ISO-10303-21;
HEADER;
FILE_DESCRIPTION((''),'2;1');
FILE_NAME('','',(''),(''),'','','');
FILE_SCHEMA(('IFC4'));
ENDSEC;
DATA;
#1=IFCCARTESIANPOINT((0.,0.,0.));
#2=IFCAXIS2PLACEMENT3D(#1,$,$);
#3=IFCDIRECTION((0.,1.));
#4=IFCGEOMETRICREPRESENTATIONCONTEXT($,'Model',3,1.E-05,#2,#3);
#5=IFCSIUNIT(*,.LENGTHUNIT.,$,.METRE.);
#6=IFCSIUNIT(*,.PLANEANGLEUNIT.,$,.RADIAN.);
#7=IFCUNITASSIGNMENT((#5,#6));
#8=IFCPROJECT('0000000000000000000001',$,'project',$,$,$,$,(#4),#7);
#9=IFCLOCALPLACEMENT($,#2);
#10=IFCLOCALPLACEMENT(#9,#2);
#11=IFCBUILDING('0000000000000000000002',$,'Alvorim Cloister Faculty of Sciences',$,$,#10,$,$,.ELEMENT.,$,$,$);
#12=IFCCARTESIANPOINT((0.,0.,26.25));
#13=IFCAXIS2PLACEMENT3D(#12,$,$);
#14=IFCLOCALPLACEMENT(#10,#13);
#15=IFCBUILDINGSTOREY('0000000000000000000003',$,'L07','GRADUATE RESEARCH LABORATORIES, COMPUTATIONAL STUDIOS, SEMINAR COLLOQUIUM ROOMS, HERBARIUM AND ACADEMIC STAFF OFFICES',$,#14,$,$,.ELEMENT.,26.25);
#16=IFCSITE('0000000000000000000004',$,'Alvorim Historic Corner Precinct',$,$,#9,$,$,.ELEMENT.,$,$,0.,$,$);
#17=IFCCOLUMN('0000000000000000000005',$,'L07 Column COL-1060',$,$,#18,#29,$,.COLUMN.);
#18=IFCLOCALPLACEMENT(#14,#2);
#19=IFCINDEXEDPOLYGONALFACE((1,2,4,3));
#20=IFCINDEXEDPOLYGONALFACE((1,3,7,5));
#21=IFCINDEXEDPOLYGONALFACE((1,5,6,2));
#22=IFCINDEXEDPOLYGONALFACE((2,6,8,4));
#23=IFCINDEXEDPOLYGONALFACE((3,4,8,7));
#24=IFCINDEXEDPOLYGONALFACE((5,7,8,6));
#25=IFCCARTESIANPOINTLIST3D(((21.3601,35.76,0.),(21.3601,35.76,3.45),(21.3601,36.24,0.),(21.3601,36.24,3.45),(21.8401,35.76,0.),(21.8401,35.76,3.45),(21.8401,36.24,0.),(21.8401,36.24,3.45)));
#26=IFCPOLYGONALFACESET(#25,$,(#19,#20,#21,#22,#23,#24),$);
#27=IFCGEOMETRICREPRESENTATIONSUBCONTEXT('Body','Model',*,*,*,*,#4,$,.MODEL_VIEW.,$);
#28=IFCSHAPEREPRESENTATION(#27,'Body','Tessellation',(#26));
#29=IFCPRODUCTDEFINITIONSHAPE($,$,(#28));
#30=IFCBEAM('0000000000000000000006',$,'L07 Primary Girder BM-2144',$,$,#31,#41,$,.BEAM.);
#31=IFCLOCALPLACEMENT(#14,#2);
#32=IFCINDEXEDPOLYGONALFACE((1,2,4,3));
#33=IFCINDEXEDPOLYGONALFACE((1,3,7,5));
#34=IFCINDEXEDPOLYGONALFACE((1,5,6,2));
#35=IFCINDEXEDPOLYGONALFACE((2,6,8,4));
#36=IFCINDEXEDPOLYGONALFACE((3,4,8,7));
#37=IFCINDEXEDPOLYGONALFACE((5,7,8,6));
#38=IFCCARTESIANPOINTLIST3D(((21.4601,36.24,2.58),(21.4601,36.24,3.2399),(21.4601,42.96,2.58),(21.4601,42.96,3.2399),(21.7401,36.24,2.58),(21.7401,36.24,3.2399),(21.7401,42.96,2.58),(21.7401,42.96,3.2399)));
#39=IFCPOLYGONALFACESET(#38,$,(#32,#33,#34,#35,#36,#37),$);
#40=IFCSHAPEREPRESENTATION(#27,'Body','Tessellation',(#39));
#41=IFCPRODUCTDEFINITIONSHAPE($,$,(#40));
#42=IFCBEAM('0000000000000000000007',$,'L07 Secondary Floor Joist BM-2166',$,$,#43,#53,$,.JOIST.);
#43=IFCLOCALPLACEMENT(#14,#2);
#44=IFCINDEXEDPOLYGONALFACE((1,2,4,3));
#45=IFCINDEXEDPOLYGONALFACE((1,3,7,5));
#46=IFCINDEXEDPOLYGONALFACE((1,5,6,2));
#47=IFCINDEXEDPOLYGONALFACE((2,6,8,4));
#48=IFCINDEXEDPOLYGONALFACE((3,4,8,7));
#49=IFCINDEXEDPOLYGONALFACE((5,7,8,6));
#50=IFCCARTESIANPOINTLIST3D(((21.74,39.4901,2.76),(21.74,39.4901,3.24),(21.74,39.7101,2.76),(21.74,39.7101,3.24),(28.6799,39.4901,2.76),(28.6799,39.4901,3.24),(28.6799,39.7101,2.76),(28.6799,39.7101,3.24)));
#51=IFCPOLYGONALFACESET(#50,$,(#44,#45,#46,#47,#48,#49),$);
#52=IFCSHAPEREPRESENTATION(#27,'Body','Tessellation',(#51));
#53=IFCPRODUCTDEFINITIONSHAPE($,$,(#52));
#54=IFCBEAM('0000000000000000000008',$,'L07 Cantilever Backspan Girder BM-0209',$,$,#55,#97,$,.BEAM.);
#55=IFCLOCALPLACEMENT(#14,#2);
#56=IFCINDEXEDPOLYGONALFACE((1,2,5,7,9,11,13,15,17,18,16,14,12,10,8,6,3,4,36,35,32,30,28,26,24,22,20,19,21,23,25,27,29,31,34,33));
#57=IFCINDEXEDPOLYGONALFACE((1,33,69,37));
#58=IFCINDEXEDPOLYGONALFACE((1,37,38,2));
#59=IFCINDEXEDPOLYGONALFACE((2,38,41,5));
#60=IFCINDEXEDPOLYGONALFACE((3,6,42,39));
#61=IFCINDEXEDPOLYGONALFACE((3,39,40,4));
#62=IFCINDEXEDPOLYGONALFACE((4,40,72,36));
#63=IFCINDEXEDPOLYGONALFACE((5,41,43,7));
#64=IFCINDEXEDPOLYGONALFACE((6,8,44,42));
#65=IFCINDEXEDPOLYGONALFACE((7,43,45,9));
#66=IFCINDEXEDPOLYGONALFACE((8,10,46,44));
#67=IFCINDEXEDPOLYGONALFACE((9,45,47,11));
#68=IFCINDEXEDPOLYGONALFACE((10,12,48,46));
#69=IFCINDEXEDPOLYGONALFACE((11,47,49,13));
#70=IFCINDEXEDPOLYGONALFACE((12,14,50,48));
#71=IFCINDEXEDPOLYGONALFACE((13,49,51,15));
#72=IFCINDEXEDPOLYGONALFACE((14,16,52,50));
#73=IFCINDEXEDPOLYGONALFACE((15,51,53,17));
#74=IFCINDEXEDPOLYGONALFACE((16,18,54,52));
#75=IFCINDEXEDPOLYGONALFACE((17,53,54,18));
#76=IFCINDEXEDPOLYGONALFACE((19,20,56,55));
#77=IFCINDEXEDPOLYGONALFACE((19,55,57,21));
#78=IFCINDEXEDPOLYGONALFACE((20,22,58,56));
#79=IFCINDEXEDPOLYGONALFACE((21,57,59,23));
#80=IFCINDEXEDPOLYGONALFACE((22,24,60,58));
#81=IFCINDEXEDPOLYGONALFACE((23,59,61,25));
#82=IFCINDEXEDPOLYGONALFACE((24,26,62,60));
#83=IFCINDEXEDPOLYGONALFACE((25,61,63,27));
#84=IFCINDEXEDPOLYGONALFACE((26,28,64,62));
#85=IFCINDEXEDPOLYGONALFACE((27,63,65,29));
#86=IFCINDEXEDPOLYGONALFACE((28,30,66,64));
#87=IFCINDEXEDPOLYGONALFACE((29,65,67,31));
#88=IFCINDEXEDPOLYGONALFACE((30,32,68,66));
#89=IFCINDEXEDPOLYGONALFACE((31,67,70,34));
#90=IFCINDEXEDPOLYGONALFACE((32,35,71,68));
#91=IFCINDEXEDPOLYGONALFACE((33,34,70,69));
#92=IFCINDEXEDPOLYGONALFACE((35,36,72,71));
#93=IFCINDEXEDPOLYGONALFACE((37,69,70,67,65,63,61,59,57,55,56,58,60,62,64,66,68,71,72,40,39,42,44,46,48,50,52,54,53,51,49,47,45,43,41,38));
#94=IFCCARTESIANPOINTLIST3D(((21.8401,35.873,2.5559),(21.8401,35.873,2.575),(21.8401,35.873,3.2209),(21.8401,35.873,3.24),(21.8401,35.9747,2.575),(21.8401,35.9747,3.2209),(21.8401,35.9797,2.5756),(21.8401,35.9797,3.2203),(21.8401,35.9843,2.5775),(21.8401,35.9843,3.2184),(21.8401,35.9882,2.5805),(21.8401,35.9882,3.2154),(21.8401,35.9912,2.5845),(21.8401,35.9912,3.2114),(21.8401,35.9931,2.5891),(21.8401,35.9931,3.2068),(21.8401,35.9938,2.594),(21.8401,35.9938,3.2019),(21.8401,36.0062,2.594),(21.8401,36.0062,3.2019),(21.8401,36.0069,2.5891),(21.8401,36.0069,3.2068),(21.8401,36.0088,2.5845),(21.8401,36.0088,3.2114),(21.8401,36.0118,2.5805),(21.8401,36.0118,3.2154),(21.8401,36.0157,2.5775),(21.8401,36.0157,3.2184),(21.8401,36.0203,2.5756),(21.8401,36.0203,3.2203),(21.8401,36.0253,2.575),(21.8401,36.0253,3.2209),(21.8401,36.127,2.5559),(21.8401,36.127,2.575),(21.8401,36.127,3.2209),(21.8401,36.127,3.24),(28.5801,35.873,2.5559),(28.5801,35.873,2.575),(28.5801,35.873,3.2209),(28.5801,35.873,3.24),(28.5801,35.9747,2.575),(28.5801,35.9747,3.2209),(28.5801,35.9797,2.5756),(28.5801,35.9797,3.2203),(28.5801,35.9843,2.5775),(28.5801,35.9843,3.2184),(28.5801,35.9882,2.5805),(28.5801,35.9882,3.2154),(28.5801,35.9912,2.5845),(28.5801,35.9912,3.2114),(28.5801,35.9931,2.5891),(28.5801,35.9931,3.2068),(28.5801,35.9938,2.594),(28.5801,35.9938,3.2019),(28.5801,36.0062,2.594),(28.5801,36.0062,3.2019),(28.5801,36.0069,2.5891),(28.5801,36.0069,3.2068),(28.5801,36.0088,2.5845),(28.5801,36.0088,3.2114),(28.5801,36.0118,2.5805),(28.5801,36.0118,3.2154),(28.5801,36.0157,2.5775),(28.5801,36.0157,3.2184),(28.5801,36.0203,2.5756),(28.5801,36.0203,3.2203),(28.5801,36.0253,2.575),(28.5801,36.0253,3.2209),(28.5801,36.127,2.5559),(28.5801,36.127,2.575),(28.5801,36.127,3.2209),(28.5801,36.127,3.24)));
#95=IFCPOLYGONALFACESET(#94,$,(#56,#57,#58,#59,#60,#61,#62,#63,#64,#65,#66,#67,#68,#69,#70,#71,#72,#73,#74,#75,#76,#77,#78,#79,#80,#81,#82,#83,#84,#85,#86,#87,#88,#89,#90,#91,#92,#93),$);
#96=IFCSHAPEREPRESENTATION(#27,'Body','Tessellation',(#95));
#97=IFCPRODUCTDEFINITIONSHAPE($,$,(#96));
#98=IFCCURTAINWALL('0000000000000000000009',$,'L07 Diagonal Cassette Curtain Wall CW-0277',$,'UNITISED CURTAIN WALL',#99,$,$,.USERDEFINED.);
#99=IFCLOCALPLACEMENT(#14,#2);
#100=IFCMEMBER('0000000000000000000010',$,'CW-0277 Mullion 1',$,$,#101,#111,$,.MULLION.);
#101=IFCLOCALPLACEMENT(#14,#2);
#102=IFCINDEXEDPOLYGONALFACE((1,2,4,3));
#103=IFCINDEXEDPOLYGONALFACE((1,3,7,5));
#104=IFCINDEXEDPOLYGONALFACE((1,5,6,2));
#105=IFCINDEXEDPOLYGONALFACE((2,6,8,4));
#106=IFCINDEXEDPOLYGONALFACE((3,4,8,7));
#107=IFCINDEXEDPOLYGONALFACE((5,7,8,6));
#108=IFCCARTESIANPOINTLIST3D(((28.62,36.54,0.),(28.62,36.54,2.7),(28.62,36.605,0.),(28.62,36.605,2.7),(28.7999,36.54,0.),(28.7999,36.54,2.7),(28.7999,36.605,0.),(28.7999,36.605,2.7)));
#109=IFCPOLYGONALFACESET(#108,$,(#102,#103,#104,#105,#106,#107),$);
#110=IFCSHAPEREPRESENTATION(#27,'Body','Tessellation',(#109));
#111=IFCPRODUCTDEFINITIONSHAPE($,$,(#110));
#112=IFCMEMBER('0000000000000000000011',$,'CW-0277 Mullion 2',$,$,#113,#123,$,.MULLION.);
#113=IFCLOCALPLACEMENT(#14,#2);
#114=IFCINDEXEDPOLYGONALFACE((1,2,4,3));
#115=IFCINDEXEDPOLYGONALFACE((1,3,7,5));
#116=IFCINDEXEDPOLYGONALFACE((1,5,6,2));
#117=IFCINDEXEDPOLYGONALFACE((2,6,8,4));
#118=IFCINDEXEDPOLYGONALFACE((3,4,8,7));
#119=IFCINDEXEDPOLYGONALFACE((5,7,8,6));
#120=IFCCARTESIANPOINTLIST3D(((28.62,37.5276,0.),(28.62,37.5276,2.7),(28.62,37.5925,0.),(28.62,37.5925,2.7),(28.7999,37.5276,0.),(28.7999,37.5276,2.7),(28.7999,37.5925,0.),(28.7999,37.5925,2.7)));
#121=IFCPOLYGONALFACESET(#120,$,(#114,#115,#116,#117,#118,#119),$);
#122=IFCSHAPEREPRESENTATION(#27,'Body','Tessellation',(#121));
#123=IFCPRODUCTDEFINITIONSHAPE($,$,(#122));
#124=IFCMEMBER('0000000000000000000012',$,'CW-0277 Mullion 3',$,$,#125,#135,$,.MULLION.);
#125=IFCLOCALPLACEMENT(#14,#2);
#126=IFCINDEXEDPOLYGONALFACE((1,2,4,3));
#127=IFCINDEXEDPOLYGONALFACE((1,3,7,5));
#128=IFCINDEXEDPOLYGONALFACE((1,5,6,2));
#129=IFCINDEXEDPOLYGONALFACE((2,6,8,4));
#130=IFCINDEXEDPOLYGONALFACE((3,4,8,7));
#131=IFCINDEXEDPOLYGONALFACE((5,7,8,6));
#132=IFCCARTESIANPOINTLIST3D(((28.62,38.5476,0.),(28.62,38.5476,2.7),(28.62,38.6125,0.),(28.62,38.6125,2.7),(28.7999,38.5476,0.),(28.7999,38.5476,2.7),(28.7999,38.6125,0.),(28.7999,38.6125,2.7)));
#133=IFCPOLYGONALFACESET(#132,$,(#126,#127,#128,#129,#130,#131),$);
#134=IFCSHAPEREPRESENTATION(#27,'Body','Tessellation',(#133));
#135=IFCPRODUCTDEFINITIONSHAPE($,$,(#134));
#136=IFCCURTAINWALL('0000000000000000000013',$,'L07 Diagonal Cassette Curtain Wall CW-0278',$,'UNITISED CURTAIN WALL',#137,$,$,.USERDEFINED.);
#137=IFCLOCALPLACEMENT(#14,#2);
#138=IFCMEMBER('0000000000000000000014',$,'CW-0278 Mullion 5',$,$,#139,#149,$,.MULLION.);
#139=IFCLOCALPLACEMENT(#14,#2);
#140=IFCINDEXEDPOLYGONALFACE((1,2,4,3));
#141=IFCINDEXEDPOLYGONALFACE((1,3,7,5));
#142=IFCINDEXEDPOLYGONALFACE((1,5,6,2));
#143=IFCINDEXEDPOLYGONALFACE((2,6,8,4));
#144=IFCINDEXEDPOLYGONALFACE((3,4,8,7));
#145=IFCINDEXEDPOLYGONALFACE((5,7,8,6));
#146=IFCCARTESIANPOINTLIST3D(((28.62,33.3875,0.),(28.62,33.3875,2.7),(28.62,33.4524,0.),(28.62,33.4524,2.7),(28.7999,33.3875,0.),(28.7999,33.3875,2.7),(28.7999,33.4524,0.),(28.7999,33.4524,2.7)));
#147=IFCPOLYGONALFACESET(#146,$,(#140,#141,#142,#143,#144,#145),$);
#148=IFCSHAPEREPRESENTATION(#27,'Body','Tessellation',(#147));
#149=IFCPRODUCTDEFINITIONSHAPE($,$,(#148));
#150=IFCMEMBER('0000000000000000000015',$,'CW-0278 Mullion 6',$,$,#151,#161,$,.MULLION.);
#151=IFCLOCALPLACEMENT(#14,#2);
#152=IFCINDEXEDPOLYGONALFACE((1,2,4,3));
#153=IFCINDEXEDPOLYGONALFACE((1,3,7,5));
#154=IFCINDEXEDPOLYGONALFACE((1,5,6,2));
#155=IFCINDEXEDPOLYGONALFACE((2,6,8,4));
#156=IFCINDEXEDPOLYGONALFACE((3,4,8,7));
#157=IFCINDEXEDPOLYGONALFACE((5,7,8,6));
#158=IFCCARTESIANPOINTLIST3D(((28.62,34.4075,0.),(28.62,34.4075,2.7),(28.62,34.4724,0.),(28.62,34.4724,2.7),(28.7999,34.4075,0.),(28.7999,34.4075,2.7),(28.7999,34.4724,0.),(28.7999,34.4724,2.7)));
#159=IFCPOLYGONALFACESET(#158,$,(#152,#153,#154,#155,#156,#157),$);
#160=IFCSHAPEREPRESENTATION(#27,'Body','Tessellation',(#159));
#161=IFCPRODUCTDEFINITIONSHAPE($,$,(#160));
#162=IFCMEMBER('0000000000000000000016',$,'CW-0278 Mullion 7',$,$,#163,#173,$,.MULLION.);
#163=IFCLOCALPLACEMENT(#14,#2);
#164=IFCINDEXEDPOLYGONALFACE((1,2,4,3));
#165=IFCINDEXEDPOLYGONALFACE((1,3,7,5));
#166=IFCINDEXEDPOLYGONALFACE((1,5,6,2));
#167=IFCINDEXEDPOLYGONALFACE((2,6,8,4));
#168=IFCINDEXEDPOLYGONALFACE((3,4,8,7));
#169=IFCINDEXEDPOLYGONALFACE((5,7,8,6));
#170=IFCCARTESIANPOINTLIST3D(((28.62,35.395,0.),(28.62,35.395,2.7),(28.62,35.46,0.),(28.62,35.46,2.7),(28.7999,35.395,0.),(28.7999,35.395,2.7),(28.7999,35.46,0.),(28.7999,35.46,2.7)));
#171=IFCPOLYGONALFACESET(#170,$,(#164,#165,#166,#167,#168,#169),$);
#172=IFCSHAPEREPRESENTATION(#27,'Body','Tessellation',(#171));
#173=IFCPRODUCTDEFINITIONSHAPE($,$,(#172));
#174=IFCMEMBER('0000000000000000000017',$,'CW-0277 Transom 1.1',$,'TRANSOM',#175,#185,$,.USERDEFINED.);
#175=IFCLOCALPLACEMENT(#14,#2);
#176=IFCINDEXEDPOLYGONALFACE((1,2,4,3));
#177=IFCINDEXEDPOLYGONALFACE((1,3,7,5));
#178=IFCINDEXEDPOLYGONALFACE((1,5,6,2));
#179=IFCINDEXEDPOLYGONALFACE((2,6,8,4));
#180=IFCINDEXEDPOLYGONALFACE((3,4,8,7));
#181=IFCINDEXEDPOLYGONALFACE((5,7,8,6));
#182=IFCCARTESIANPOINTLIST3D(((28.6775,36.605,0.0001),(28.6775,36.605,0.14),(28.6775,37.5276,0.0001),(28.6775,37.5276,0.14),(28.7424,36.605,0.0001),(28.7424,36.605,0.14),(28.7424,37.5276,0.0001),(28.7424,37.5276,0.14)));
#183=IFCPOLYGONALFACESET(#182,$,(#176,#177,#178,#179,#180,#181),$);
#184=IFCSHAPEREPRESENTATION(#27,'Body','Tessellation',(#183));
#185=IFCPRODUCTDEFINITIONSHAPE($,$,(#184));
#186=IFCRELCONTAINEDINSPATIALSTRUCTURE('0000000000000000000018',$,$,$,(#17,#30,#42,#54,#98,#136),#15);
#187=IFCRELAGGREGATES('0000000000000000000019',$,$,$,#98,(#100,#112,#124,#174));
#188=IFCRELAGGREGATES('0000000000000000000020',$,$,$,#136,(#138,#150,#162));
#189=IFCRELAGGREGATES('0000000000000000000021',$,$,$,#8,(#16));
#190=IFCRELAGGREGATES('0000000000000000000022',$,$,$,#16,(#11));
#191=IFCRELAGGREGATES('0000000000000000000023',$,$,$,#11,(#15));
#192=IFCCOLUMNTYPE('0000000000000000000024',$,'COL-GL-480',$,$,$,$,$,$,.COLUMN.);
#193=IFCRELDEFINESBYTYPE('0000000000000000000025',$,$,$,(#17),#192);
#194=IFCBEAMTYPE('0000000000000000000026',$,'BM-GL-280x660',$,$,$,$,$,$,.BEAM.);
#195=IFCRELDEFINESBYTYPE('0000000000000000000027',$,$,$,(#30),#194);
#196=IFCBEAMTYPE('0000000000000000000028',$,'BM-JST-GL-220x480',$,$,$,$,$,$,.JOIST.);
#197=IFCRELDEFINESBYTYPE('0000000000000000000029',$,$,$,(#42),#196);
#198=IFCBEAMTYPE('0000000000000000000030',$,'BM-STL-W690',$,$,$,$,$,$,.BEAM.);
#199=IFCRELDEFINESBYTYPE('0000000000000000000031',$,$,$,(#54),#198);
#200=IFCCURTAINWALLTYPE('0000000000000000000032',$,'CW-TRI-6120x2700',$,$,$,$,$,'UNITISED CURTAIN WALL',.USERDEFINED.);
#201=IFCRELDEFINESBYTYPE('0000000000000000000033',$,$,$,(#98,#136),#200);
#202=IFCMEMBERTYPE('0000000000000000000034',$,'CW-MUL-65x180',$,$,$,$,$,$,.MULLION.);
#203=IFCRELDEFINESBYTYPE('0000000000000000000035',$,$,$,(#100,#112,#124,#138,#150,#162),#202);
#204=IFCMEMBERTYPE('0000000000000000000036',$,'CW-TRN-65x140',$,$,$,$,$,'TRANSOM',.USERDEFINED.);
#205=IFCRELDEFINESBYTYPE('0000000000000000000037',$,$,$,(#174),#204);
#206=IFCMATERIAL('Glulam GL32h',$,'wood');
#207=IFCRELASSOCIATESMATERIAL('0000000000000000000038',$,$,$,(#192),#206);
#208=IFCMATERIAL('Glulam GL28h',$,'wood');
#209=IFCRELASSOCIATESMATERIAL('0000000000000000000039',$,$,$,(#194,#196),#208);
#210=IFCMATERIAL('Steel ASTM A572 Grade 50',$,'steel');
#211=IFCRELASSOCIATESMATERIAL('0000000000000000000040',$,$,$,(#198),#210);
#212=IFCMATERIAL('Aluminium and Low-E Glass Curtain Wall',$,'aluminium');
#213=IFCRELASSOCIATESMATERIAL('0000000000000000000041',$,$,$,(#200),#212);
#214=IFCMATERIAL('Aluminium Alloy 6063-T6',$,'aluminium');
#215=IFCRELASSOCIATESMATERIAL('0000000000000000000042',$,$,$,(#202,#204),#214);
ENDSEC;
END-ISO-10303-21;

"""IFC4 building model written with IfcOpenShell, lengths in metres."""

from ifc_helpers import new_model, si_unit, direction, frame, origin, origin_2d, place, context, subcontext, project, spatial, rectangle, i_section, extrude, material, material_profile, profile_set, type_object, element, aggregate, save


model = new_model("IFC4")

# Units and contexts
model_context = context("Model", 3, precision=1e-05, world=origin(), true_north=direction((0.0, 1.0)))
body_context = subcontext(model_context, "Body", "Model", "MODEL_VIEW")
ifc_project = project(units=[si_unit("LENGTHUNIT", "METRE"), si_unit("PLANEANGLEUNIT", "RADIAN")], contexts=[model_context])

# Site, building, storey
site_placement = place(None, origin())
site = spatial("IfcSite", under=ifc_project, at=site_placement, Name="Alvorim Historic Corner Precinct", CompositionType="ELEMENT", RefElevation=0.0)
building_placement = place(site_placement, origin())
building = spatial("IfcBuilding", under=site, at=building_placement, Name="Alvorim Cloister Faculty of Sciences", CompositionType="ELEMENT")
storey_placement = place(building_placement, frame((0.0, 0.0, 26.25)))
storey = spatial("IfcBuildingStorey", under=building, at=storey_placement, Name="L07", Description="GRADUATE RESEARCH LABORATORIES, COMPUTATIONAL STUDIOS, SEMINAR COLLOQUIUM ROOMS, HERBARIUM AND ACADEMIC STAFF OFFICES", CompositionType="ELEMENT", Elevation=26.25)

# Column
ifc_material_1 = material(Name="Glulam GL32h", Category="wood")
ifc_material_profile_1 = material_profile(ifc_material_1, rectangle(XDim=0.48, YDim=0.48, at=origin_2d()), Name="GL32-COL-480x480")
ifc_profile_set_1 = profile_set([ifc_material_profile_1], Name="Glulam GL32h")
column_type = type_object("IfcColumnType", Name="COL-GL-480", PredefinedType="COLUMN", material=ifc_profile_set_1)
column_placement = place(storey_placement, frame((21.6001, 36.0, 0.0), z_axis=(0.0, 0.0, 1.0), x_axis=(1.0, 0.0, 0.0)))
element("IfcColumn", 1, at=column_placement, inside=storey, type_object=column_type, Name="L07 Column COL-1060", PredefinedType="COLUMN", context=body_context, shape_type="SweptSolid", body=[
    extrude(rectangle(XDim=0.48, YDim=0.48, at=origin_2d()), origin(), (0.0, 0.0, 1.0), 3.45),
])

# Beams
ifc_material_2 = material(Name="Glulam GL28h", Category="wood")
ifc_material_profile_2 = material_profile(ifc_material_2, rectangle(XDim=0.28, YDim=0.6599, at=origin_2d()), Name="GL28-BM-280x660")
ifc_profile_set_2 = profile_set([ifc_material_profile_2], Name="Glulam GL28h")
beam_type_1 = type_object("IfcBeamType", Name="BM-GL-280x660", PredefinedType="BEAM", material=ifc_profile_set_2)
beam_1_placement = place(storey_placement, frame((21.6001, 36.24, 2.9099), z_axis=(0.0, 1.0, 0.0), x_axis=(-1.0, 0.0, 0.0)))
element("IfcBeam", 2, at=beam_1_placement, inside=storey, type_object=beam_type_1, Name="L07 Primary Girder BM-2144", PredefinedType="BEAM", context=body_context, shape_type="SweptSolid", body=[
    extrude(rectangle(XDim=0.28, YDim=0.6599, at=origin_2d()), origin(), (0.0, 0.0, 1.0), 6.72),
])
ifc_material_profile_3 = material_profile(ifc_material_2, rectangle(XDim=0.22, YDim=0.48, at=origin_2d()), Name="GL28-JST-220x480")
ifc_profile_set_3 = profile_set([ifc_material_profile_3], Name="Glulam GL28h")
beam_type_2 = type_object("IfcBeamType", Name="BM-JST-GL-220x480", PredefinedType="JOIST", material=ifc_profile_set_3)
beam_2_placement = place(storey_placement, frame((21.74, 39.6001, 3.0), z_axis=(1.0, 0.0, 0.0), x_axis=(0.0, 1.0, 0.0)))
element("IfcBeam", 3, at=beam_2_placement, inside=storey, type_object=beam_type_2, Name="L07 Secondary Floor Joist BM-2166", PredefinedType="JOIST", context=body_context, shape_type="SweptSolid", body=[
    extrude(rectangle(XDim=0.22, YDim=0.48, at=origin_2d()), origin(), (0.0, 0.0, 1.0), 6.9399),
])
ifc_material_3 = material(Name="Steel ASTM A572 Grade 50", Category="steel")
ifc_material_profile_4 = material_profile(ifc_material_3, i_section(OverallWidth=0.2539, OverallDepth=0.6841, WebThickness=0.0125, FlangeThickness=0.019, FilletRadius=0.019, at=origin_2d()), Name="W690x140.0")
ifc_profile_set_4 = profile_set([ifc_material_profile_4], Name="Steel ASTM A572 Grade 50")
beam_type_3 = type_object("IfcBeamType", Name="BM-STL-W690", PredefinedType="BEAM", material=ifc_profile_set_4)
beam_3_placement = place(storey_placement, frame((21.8401, 36.0, 2.8979), z_axis=(1.0, 0.0, 0.0), x_axis=(0.0, 1.0, 0.0)))
element("IfcBeam", 4, at=beam_3_placement, inside=storey, type_object=beam_type_3, Name="L07 Cantilever Backspan Girder BM-0209", PredefinedType="BEAM", context=body_context, shape_type="SweptSolid", body=[
    extrude(i_section(OverallWidth=0.2539, OverallDepth=0.6841, WebThickness=0.0125, FlangeThickness=0.019, FilletRadius=0.019, at=origin_2d()), origin(), (0.0, 0.0, 1.0), 6.74),
])

# Curtain walls, members
ifc_material_4 = material(Name="Aluminium and Low-E Glass Curtain Wall", Category="aluminium")
curtain_wall_type = type_object("IfcCurtainWallType", Name="CW-TRI-6120x2700", ElementType="UNITISED CURTAIN WALL", PredefinedType="USERDEFINED", material=ifc_material_4)
curtain_wall_1_placement = place(storey_placement, origin())
curtain_wall_1 = element("IfcCurtainWall", 5, at=curtain_wall_1_placement, inside=storey, type_object=curtain_wall_type, Name="L07 Diagonal Cassette Curtain Wall CW-0277", ObjectType="UNITISED CURTAIN WALL", PredefinedType="USERDEFINED")
ifc_material_5 = material(Name="Aluminium Alloy 6063-T6", Category="aluminium")
ifc_material_profile_5 = material_profile(ifc_material_5, rectangle(XDim=0.0649, YDim=0.1799, at=origin_2d()), Name="ALU-MUL-65x180")
ifc_profile_set_5 = profile_set([ifc_material_profile_5], Name="Aluminium Alloy 6063-T6")
member_type_1 = type_object("IfcMemberType", Name="CW-MUL-65x180", PredefinedType="MULLION", material=ifc_profile_set_5)
member_1_placement = place(storey_placement, frame((28.71, 36.5725, 0.0), z_axis=(0.0, 0.0, 1.0), x_axis=(0.0, 1.0, 0.0)))
member_1 = element("IfcMember", 6, at=member_1_placement, type_object=member_type_1, Name="CW-0277 Mullion 1", PredefinedType="MULLION", context=body_context, shape_type="SweptSolid", body=[
    extrude(rectangle(XDim=0.0649, YDim=0.1799, at=origin_2d()), origin(), (0.0, 0.0, 1.0), 2.7),
])
member_2_placement = place(storey_placement, frame((28.71, 37.5601, 0.0), z_axis=(0.0, 0.0, 1.0), x_axis=(0.0, 1.0, 0.0)))
member_2 = element("IfcMember", 7, at=member_2_placement, type_object=member_type_1, Name="CW-0277 Mullion 2", PredefinedType="MULLION", context=body_context, shape_type="SweptSolid", body=[
    extrude(rectangle(XDim=0.0649, YDim=0.1799, at=origin_2d()), origin(), (0.0, 0.0, 1.0), 2.7),
])
member_3_placement = place(storey_placement, frame((28.71, 38.5801, 0.0), z_axis=(0.0, 0.0, 1.0), x_axis=(0.0, 1.0, 0.0)))
member_3 = element("IfcMember", 8, at=member_3_placement, type_object=member_type_1, Name="CW-0277 Mullion 3", PredefinedType="MULLION", context=body_context, shape_type="SweptSolid", body=[
    extrude(rectangle(XDim=0.0649, YDim=0.1799, at=origin_2d()), origin(), (0.0, 0.0, 1.0), 2.7),
])
curtain_wall_2_placement = place(storey_placement, origin())
curtain_wall_2 = element("IfcCurtainWall", 9, at=curtain_wall_2_placement, inside=storey, type_object=curtain_wall_type, Name="L07 Diagonal Cassette Curtain Wall CW-0278", ObjectType="UNITISED CURTAIN WALL", PredefinedType="USERDEFINED")
member_4_placement = place(storey_placement, frame((28.71, 33.4199, 0.0), z_axis=(0.0, 0.0, 1.0), x_axis=(0.0, 1.0, 0.0)))
member_4 = element("IfcMember", 10, at=member_4_placement, type_object=member_type_1, Name="CW-0278 Mullion 5", PredefinedType="MULLION", context=body_context, shape_type="SweptSolid", body=[
    extrude(rectangle(XDim=0.0649, YDim=0.1799, at=origin_2d()), origin(), (0.0, 0.0, 1.0), 2.7),
])
member_5_placement = place(storey_placement, frame((28.71, 34.4399, 0.0), z_axis=(0.0, 0.0, 1.0), x_axis=(0.0, 1.0, 0.0)))
member_5 = element("IfcMember", 11, at=member_5_placement, type_object=member_type_1, Name="CW-0278 Mullion 6", PredefinedType="MULLION", context=body_context, shape_type="SweptSolid", body=[
    extrude(rectangle(XDim=0.0649, YDim=0.1799, at=origin_2d()), origin(), (0.0, 0.0, 1.0), 2.7),
])
member_6_placement = place(storey_placement, frame((28.71, 35.4275, 0.0), z_axis=(0.0, 0.0, 1.0), x_axis=(0.0, 1.0, 0.0)))
member_6 = element("IfcMember", 12, at=member_6_placement, type_object=member_type_1, Name="CW-0278 Mullion 7", PredefinedType="MULLION", context=body_context, shape_type="SweptSolid", body=[
    extrude(rectangle(XDim=0.0649, YDim=0.1799, at=origin_2d()), origin(), (0.0, 0.0, 1.0), 2.7),
])

# Member
ifc_material_profile_6 = material_profile(ifc_material_5, rectangle(XDim=0.0649, YDim=0.1399, at=origin_2d()), Name="ALU-TRN-65x140")
ifc_profile_set_6 = profile_set([ifc_material_profile_6], Name="Aluminium Alloy 6063-T6")
member_type_2 = type_object("IfcMemberType", Name="CW-TRN-65x140", ElementType="TRANSOM", PredefinedType="USERDEFINED", material=ifc_profile_set_6)
member_7_placement = place(storey_placement, frame((28.71, 36.605, 0.0701), z_axis=(0.0, 1.0, 0.0), x_axis=(-1.0, 0.0, 0.0)))
member_7 = element("IfcMember", 13, at=member_7_placement, type_object=member_type_2, Name="CW-0277 Transom 1.1", ObjectType="TRANSOM", PredefinedType="USERDEFINED", context=body_context, shape_type="SweptSolid", body=[
    extrude(rectangle(XDim=0.0649, YDim=0.1399, at=origin_2d()), origin(), (0.0, 0.0, 1.0), 0.9226),
])
aggregate(curtain_wall_1, [member_1, member_2, member_3, member_7])
aggregate(curtain_wall_2, [member_4, member_5, member_6])

save(model, "model.ifc")
